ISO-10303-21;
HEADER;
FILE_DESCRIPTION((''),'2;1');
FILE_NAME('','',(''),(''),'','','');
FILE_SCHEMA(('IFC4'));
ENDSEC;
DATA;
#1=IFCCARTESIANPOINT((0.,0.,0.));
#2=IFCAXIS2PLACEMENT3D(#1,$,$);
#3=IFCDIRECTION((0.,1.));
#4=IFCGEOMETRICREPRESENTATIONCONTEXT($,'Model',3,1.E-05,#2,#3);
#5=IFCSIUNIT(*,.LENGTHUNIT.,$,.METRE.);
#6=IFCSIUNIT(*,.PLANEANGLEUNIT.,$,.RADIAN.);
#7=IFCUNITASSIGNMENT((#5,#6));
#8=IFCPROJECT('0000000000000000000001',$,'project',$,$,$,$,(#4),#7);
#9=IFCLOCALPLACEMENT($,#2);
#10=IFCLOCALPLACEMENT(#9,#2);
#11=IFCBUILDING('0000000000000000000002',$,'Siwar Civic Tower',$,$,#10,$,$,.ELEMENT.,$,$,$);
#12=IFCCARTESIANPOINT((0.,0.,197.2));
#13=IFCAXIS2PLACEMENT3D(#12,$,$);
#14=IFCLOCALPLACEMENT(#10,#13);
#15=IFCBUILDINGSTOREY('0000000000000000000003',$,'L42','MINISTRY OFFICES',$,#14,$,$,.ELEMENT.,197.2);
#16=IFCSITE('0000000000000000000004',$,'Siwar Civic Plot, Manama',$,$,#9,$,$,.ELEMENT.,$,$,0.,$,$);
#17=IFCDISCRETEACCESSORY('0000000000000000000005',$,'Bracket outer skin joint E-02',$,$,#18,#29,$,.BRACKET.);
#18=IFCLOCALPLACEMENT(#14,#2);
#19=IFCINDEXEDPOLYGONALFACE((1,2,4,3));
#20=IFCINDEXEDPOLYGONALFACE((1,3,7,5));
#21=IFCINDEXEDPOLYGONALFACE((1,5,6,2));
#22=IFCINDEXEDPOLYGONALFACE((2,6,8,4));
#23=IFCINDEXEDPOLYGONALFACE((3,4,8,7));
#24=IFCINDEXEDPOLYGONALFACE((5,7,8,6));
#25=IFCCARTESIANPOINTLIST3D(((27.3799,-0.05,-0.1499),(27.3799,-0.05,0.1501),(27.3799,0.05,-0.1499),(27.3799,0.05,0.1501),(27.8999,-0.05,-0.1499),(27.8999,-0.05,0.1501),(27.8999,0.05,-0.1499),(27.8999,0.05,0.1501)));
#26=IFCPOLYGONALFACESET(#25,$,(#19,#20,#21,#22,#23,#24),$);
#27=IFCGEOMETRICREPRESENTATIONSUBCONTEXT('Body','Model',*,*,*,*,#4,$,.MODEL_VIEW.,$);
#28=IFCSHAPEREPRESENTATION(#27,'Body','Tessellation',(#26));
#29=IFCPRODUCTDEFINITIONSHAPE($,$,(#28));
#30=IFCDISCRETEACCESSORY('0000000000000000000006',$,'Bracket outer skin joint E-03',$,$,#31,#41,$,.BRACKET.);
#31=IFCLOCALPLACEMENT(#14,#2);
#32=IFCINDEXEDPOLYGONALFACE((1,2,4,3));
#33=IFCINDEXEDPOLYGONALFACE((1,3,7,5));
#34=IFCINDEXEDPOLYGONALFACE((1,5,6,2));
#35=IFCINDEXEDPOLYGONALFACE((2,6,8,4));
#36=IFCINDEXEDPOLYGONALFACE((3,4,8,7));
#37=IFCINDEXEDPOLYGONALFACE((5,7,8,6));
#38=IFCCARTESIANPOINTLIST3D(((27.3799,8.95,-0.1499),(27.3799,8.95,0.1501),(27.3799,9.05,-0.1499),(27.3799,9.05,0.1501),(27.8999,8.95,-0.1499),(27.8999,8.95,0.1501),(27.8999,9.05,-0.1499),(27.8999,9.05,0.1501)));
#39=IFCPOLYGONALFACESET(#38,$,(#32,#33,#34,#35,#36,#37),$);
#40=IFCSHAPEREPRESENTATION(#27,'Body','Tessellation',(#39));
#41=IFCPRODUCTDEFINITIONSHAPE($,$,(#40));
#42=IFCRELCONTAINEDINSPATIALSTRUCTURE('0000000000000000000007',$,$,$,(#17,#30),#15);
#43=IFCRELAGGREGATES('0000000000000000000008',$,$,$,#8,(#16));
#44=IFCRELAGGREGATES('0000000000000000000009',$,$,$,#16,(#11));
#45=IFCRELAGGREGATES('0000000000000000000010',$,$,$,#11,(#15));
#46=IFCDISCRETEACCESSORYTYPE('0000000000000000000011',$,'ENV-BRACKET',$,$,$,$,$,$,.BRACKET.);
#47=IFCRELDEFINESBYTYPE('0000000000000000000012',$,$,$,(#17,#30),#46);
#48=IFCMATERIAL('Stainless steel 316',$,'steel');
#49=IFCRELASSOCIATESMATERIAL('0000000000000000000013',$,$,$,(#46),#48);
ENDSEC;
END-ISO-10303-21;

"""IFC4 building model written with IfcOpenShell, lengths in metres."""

from ifc_helpers import new_model, si_unit, direction, frame, origin, origin_2d, place, context, subcontext, project, spatial, rectangle, extrude, material, type_object, element, save


model = new_model("IFC4")

# Units and contexts
model_context = context("Model", 3, precision=1e-05, world=origin(), true_north=direction((0.0, 1.0)))
body_context = subcontext(model_context, "Body", "Model", "MODEL_VIEW")
ifc_project = project(units=[si_unit("LENGTHUNIT", "METRE"), si_unit("PLANEANGLEUNIT", "RADIAN")], contexts=[model_context])

# Site, building, storey
site_placement = place(None, origin())
site = spatial("IfcSite", under=ifc_project, at=site_placement, Name="Siwar Civic Plot, Manama", CompositionType="ELEMENT", RefElevation=0.0)
building_placement = place(site_placement, origin())
building = spatial("IfcBuilding", under=site, at=building_placement, Name="Siwar Civic Tower", CompositionType="ELEMENT")
storey_placement = place(building_placement, frame((0.0, 0.0, 197.2)))
storey = spatial("IfcBuildingStorey", under=building, at=storey_placement, Name="L42", Description="MINISTRY OFFICES", CompositionType="ELEMENT", Elevation=197.2)

# Discrete accessories
ifc_material_1 = material(Name="Stainless steel 316", Category="steel")
discrete_accessory_type = type_object("IfcDiscreteAccessoryType", Name="ENV-BRACKET", PredefinedType="BRACKET", material=ifc_material_1)
for number, where, z_axis, x_axis, name in (
    (1, (27.6399, 0.0, -0.1499), (0.0, 0.0, 1.0), (1.0, 0.0, 0.0), "Bracket outer skin joint E-02"),
    (2, (27.6399, 9.0, -0.1499), (0.0, 0.0, 1.0), (1.0, 0.0, 0.0), "Bracket outer skin joint E-03"),
):
    element("IfcDiscreteAccessory", number, at=place(storey_placement, frame(where, z_axis=z_axis, x_axis=x_axis)), inside=storey, type_object=discrete_accessory_type, Name=name, PredefinedType="BRACKET", context=body_context, shape_type="SweptSolid", body=[
        extrude(rectangle(XDim=0.52, YDim=0.1001, at=origin_2d()), origin(), (0.0, 0.0, 1.0), 0.3),
    ])

save(model, "model.ifc")
